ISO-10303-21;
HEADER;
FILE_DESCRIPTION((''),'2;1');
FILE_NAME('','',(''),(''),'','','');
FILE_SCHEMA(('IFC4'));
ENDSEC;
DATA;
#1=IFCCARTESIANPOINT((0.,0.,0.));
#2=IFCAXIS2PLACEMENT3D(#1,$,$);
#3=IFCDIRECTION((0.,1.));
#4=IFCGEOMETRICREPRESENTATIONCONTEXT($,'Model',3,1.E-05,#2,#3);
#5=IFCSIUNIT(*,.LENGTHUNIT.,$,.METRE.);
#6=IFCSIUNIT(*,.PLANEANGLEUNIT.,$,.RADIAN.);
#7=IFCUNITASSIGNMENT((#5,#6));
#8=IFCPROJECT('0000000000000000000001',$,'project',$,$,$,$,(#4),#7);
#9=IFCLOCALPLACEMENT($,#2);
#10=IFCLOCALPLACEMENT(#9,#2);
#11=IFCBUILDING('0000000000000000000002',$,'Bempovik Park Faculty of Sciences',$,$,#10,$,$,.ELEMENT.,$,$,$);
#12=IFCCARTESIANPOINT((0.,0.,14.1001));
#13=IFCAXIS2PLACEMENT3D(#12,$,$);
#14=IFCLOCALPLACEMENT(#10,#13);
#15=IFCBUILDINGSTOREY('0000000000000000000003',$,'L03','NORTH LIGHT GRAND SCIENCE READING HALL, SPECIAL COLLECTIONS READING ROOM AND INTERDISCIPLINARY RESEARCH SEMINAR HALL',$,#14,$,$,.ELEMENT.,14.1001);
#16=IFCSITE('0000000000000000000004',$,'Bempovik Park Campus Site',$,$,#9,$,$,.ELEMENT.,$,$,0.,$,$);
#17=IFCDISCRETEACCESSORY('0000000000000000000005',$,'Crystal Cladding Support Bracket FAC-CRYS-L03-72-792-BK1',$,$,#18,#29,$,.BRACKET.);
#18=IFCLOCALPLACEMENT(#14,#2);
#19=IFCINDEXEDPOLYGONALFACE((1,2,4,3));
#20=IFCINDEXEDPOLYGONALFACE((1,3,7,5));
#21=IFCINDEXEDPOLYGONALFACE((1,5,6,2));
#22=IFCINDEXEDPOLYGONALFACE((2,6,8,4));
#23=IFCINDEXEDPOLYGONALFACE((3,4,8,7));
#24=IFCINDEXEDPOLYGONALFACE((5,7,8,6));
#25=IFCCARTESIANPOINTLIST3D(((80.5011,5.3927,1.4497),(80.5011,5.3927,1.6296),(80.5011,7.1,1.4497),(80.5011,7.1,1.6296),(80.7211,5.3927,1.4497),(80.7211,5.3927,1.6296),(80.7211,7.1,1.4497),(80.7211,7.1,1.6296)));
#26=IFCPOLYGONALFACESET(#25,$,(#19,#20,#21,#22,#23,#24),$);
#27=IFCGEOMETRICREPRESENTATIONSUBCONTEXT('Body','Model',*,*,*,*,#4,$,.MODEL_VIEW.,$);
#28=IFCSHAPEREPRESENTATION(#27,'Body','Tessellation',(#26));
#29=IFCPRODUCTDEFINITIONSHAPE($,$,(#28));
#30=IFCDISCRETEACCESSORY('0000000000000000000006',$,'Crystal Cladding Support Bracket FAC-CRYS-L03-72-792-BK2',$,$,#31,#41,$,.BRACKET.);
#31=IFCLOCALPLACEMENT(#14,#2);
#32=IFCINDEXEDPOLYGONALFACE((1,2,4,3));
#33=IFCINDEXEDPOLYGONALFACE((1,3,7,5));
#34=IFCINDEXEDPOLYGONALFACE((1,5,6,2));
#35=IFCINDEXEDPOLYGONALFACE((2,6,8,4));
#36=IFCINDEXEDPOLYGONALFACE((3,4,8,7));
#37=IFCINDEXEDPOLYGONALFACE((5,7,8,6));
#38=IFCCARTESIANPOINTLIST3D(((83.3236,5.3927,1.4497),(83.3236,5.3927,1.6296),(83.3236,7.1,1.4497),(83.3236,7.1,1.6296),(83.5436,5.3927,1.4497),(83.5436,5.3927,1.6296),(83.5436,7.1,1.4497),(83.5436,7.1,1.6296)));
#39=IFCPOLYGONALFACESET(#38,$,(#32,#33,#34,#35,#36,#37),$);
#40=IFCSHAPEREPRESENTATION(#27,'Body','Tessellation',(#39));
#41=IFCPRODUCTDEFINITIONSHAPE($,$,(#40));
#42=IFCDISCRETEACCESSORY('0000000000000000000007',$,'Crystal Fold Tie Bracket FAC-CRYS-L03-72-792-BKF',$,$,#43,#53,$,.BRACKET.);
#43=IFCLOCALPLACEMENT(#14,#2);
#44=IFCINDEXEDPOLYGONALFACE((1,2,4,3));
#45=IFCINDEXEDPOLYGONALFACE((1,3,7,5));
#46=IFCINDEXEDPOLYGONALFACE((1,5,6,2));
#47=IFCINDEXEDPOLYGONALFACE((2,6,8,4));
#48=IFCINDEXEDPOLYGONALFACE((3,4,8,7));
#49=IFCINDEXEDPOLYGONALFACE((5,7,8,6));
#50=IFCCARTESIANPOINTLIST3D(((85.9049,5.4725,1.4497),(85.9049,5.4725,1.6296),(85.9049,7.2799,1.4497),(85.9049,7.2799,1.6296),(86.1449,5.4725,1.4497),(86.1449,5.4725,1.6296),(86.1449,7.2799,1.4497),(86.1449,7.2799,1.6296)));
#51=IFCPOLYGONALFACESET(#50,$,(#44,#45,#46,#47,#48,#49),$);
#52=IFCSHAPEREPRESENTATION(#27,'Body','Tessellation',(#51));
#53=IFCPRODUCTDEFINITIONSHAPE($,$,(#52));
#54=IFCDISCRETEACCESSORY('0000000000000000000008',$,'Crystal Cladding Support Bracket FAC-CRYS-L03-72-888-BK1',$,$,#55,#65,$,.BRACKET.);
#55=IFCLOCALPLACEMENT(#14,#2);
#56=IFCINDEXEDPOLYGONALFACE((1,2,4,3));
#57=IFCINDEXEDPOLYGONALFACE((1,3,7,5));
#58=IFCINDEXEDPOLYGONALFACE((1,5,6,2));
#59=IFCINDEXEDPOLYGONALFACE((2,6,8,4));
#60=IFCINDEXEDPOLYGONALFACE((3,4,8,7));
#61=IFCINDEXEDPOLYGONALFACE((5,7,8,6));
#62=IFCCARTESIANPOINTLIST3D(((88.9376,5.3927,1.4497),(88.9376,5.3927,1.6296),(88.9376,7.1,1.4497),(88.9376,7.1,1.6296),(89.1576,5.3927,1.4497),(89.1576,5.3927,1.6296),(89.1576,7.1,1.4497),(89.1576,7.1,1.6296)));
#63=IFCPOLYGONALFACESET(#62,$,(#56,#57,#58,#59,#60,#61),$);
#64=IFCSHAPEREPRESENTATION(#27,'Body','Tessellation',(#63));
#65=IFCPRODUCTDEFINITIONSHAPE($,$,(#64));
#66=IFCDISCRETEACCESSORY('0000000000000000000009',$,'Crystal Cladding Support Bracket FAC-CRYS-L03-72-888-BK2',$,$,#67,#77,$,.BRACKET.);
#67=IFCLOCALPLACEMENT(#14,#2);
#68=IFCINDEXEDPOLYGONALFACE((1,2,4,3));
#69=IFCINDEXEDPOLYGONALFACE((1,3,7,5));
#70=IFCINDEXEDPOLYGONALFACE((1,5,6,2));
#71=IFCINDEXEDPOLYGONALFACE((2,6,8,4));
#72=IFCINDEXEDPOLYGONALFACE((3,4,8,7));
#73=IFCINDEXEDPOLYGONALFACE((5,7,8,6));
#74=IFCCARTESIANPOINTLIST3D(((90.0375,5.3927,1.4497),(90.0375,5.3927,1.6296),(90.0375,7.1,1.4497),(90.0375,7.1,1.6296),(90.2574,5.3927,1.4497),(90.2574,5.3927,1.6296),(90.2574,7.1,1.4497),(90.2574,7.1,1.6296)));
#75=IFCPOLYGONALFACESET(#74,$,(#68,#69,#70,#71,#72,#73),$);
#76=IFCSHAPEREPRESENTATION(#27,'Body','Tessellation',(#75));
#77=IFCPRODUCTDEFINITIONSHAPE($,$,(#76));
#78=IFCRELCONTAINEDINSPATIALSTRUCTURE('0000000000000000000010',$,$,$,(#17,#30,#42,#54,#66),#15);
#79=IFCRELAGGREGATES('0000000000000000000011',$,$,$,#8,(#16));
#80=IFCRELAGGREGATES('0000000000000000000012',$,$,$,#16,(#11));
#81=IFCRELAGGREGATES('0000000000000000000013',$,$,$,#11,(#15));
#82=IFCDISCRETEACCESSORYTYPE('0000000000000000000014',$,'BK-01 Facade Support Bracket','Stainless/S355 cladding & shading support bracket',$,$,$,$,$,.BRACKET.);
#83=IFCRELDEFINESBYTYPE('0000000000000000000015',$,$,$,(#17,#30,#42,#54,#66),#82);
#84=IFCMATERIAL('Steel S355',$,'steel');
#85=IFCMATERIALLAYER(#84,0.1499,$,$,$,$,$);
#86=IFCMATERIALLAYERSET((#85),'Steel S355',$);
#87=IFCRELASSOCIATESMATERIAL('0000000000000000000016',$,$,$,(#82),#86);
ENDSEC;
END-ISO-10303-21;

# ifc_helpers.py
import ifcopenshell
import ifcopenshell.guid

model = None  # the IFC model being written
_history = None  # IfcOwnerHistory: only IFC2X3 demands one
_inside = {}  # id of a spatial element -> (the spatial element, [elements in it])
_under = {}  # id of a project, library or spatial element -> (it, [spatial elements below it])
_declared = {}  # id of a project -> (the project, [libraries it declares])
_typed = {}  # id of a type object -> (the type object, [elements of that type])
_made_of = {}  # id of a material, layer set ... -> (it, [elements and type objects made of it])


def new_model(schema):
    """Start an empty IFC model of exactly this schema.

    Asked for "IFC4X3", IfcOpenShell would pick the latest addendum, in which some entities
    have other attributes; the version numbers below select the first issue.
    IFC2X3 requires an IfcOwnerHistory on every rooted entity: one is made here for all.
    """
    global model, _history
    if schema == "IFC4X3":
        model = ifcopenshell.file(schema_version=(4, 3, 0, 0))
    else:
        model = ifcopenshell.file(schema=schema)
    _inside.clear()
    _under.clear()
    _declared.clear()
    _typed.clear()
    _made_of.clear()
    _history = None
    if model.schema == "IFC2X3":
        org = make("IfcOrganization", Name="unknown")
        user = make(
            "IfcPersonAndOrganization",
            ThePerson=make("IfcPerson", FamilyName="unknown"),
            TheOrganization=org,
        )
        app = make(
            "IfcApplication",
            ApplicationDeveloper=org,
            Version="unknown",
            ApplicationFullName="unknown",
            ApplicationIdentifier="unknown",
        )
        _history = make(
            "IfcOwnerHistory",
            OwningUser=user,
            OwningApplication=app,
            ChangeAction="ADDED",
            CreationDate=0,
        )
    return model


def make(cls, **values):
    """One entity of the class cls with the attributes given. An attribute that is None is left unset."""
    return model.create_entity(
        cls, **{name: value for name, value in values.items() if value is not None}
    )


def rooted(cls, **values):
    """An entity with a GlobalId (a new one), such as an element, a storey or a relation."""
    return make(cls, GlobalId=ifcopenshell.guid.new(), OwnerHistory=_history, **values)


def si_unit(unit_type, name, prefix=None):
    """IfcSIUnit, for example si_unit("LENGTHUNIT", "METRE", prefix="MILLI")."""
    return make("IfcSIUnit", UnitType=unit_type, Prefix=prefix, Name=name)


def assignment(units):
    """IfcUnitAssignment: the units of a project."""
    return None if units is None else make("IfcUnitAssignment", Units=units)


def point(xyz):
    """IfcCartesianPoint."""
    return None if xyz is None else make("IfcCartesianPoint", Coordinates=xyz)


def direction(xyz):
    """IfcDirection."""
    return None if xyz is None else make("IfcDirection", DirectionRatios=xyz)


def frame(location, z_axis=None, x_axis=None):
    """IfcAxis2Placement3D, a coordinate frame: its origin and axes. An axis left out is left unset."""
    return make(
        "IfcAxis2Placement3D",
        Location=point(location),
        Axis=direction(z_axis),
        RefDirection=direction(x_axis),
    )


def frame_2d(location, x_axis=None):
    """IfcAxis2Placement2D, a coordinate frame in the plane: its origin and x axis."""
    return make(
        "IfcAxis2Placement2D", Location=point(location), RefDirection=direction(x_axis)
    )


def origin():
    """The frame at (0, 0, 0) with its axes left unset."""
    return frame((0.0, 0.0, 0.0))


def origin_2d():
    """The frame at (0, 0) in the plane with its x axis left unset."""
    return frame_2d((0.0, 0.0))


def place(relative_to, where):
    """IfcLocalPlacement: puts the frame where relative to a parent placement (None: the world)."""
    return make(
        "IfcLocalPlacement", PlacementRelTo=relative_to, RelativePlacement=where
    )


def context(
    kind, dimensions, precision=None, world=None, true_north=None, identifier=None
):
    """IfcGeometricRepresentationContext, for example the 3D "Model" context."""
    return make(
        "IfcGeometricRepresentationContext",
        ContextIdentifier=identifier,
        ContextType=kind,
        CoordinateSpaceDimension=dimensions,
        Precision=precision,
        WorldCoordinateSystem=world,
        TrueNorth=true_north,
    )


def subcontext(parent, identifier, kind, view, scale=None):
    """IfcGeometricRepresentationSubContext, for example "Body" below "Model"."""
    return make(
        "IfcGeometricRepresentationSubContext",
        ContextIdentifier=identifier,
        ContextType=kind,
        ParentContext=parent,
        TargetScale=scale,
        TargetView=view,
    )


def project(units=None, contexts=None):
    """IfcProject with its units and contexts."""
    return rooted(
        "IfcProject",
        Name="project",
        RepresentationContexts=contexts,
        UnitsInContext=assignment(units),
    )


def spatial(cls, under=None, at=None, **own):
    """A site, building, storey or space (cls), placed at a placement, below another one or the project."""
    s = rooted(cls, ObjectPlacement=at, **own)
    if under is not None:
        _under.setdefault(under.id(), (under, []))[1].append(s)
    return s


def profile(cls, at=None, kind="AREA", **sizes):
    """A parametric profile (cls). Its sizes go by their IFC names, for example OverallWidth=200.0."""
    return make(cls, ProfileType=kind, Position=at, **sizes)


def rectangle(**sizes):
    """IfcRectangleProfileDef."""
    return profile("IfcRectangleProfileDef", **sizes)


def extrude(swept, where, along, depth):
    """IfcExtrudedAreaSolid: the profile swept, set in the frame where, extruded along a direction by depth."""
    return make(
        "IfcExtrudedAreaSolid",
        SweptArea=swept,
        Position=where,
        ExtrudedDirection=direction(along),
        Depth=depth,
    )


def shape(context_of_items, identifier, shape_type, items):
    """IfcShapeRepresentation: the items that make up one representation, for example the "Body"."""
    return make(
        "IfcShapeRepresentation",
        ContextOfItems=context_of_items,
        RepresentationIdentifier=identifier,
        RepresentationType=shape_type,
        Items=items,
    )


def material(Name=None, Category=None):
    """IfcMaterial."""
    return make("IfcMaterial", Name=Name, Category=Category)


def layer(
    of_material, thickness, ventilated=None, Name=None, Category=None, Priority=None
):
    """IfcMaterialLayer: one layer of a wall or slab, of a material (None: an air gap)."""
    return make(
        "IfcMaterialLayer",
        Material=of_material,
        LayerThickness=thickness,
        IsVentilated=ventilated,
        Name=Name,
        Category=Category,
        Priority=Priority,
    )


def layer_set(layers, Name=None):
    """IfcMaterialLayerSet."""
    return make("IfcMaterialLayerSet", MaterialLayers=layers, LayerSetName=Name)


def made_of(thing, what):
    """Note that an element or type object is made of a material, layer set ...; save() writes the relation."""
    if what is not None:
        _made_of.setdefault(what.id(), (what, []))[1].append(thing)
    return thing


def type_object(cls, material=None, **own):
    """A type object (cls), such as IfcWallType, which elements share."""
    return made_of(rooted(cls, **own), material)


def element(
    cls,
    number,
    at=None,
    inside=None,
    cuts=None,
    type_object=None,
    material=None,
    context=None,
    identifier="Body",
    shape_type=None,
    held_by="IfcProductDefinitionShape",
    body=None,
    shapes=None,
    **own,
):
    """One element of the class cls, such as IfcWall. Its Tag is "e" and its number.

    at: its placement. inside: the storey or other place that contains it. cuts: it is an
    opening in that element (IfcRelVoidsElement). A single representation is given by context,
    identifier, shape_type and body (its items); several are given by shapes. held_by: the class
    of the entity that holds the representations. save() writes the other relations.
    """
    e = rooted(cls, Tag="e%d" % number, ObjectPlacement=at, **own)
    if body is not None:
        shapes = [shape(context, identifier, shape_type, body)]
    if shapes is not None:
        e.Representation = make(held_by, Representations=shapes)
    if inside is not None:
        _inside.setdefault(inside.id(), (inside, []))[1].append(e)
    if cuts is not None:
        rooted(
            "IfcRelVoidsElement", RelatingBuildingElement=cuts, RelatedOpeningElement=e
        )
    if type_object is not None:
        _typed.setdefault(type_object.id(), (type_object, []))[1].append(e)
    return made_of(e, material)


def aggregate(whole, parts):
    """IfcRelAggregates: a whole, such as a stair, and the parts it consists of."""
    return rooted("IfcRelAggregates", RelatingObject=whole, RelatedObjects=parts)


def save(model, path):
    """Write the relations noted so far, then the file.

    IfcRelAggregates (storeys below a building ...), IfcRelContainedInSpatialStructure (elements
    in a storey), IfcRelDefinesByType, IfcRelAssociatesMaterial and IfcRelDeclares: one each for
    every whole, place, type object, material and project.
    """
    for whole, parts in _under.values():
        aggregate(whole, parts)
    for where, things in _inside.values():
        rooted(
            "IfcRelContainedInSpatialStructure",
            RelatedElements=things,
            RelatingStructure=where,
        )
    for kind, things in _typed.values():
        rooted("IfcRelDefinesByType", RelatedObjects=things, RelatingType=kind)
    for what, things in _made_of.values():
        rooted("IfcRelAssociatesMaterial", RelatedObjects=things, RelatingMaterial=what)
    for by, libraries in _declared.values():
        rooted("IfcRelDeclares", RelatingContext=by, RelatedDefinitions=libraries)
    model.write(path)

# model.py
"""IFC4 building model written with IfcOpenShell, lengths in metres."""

from ifc_helpers import new_model, si_unit, direction, frame, origin, origin_2d, place, context, subcontext, project, spatial, rectangle, extrude, material, layer, layer_set, type_object, element, save


model = new_model("IFC4")

# Units and contexts
model_context = context("Model", 3, precision=1e-05, world=origin(), true_north=direction((0.0, 1.0)))
body_context = subcontext(model_context, "Body", "Model", "MODEL_VIEW")
ifc_project = project(units=[si_unit("LENGTHUNIT", "METRE"), si_unit("PLANEANGLEUNIT", "RADIAN")], contexts=[model_context])

# Site, building, storey
site_placement = place(None, origin())
site = spatial("IfcSite", under=ifc_project, at=site_placement, Name="Bempovik Park Campus Site", CompositionType="ELEMENT", RefElevation=0.0)
building_placement = place(site_placement, origin())
building = spatial("IfcBuilding", under=site, at=building_placement, Name="Bempovik Park Faculty of Sciences", CompositionType="ELEMENT")
storey_placement = place(building_placement, frame((0.0, 0.0, 14.1001)))
storey = spatial("IfcBuildingStorey", under=building, at=storey_placement, Name="L03", Description="NORTH LIGHT GRAND SCIENCE READING HALL, SPECIAL COLLECTIONS READING ROOM AND INTERDISCIPLINARY RESEARCH SEMINAR HALL", CompositionType="ELEMENT", Elevation=14.1001)

# Shared definitions
ifc_material_1 = material(Name="Steel S355", Category="steel")

# Discrete accessories
ifc_layer_1 = layer(ifc_material_1, 0.1499)
ifc_layer_set_1 = layer_set([ifc_layer_1], Name="Steel S355")
discrete_accessory_type = type_object("IfcDiscreteAccessoryType", Name="BK-01 Facade Support Bracket", Description="Stainless/S355 cladding & shading support bracket", PredefinedType="BRACKET", material=ifc_layer_set_1)
for number, where, z_axis, x_axis, name in (
    (1, (80.6111, 6.2463, 1.4497), (0.0, 0.0, 1.0), (1.0, 0.0, 0.0), "Crystal Cladding Support Bracket FAC-CRYS-L03-72-792-BK1"),
    (2, (83.4336, 6.2463, 1.4497), (0.0, 0.0, 1.0), (1.0, 0.0, 0.0), "Crystal Cladding Support Bracket FAC-CRYS-L03-72-792-BK2"),
):
    element("IfcDiscreteAccessory", number, at=place(storey_placement, frame(where, z_axis=z_axis, x_axis=x_axis)), inside=storey, type_object=discrete_accessory_type, Name=name, PredefinedType="BRACKET", context=body_context, shape_type="SweptSolid", body=[
        extrude(rectangle(XDim=0.22, YDim=1.7073, at=origin_2d()), origin(), (0.0, 0.0, 1.0), 0.1799),
    ])
discrete_accessory_1_placement = place(storey_placement, frame((86.0249, 6.3762, 1.4497), z_axis=(0.0, 0.0, 1.0), x_axis=(1.0, 0.0, 0.0)))
element("IfcDiscreteAccessory", 3, at=discrete_accessory_1_placement, inside=storey, type_object=discrete_accessory_type, Name="Crystal Fold Tie Bracket FAC-CRYS-L03-72-792-BKF", PredefinedType="BRACKET", context=body_context, shape_type="SweptSolid", body=[
    extrude(rectangle(XDim=0.24, YDim=1.8074, at=origin_2d()), origin(), (0.0, 0.0, 1.0), 0.1799),
])
for number, where, z_axis, x_axis, name in (
    (4, (89.0476, 6.2463, 1.4497), (0.0, 0.0, 1.0), (1.0, 0.0, 0.0), "Crystal Cladding Support Bracket FAC-CRYS-L03-72-888-BK1"),
    (5, (90.1475, 6.2463, 1.4497), (0.0, 0.0, 1.0), (1.0, 0.0, 0.0), "Crystal Cladding Support Bracket FAC-CRYS-L03-72-888-BK2"),
):
    element("IfcDiscreteAccessory", number, at=place(storey_placement, frame(where, z_axis=z_axis, x_axis=x_axis)), inside=storey, type_object=discrete_accessory_type, Name=name, PredefinedType="BRACKET", context=body_context, shape_type="SweptSolid", body=[
        extrude(rectangle(XDim=0.22, YDim=1.7073, at=origin_2d()), origin(), (0.0, 0.0, 1.0), 0.1799),
    ])

save(model, "model.ifc")
